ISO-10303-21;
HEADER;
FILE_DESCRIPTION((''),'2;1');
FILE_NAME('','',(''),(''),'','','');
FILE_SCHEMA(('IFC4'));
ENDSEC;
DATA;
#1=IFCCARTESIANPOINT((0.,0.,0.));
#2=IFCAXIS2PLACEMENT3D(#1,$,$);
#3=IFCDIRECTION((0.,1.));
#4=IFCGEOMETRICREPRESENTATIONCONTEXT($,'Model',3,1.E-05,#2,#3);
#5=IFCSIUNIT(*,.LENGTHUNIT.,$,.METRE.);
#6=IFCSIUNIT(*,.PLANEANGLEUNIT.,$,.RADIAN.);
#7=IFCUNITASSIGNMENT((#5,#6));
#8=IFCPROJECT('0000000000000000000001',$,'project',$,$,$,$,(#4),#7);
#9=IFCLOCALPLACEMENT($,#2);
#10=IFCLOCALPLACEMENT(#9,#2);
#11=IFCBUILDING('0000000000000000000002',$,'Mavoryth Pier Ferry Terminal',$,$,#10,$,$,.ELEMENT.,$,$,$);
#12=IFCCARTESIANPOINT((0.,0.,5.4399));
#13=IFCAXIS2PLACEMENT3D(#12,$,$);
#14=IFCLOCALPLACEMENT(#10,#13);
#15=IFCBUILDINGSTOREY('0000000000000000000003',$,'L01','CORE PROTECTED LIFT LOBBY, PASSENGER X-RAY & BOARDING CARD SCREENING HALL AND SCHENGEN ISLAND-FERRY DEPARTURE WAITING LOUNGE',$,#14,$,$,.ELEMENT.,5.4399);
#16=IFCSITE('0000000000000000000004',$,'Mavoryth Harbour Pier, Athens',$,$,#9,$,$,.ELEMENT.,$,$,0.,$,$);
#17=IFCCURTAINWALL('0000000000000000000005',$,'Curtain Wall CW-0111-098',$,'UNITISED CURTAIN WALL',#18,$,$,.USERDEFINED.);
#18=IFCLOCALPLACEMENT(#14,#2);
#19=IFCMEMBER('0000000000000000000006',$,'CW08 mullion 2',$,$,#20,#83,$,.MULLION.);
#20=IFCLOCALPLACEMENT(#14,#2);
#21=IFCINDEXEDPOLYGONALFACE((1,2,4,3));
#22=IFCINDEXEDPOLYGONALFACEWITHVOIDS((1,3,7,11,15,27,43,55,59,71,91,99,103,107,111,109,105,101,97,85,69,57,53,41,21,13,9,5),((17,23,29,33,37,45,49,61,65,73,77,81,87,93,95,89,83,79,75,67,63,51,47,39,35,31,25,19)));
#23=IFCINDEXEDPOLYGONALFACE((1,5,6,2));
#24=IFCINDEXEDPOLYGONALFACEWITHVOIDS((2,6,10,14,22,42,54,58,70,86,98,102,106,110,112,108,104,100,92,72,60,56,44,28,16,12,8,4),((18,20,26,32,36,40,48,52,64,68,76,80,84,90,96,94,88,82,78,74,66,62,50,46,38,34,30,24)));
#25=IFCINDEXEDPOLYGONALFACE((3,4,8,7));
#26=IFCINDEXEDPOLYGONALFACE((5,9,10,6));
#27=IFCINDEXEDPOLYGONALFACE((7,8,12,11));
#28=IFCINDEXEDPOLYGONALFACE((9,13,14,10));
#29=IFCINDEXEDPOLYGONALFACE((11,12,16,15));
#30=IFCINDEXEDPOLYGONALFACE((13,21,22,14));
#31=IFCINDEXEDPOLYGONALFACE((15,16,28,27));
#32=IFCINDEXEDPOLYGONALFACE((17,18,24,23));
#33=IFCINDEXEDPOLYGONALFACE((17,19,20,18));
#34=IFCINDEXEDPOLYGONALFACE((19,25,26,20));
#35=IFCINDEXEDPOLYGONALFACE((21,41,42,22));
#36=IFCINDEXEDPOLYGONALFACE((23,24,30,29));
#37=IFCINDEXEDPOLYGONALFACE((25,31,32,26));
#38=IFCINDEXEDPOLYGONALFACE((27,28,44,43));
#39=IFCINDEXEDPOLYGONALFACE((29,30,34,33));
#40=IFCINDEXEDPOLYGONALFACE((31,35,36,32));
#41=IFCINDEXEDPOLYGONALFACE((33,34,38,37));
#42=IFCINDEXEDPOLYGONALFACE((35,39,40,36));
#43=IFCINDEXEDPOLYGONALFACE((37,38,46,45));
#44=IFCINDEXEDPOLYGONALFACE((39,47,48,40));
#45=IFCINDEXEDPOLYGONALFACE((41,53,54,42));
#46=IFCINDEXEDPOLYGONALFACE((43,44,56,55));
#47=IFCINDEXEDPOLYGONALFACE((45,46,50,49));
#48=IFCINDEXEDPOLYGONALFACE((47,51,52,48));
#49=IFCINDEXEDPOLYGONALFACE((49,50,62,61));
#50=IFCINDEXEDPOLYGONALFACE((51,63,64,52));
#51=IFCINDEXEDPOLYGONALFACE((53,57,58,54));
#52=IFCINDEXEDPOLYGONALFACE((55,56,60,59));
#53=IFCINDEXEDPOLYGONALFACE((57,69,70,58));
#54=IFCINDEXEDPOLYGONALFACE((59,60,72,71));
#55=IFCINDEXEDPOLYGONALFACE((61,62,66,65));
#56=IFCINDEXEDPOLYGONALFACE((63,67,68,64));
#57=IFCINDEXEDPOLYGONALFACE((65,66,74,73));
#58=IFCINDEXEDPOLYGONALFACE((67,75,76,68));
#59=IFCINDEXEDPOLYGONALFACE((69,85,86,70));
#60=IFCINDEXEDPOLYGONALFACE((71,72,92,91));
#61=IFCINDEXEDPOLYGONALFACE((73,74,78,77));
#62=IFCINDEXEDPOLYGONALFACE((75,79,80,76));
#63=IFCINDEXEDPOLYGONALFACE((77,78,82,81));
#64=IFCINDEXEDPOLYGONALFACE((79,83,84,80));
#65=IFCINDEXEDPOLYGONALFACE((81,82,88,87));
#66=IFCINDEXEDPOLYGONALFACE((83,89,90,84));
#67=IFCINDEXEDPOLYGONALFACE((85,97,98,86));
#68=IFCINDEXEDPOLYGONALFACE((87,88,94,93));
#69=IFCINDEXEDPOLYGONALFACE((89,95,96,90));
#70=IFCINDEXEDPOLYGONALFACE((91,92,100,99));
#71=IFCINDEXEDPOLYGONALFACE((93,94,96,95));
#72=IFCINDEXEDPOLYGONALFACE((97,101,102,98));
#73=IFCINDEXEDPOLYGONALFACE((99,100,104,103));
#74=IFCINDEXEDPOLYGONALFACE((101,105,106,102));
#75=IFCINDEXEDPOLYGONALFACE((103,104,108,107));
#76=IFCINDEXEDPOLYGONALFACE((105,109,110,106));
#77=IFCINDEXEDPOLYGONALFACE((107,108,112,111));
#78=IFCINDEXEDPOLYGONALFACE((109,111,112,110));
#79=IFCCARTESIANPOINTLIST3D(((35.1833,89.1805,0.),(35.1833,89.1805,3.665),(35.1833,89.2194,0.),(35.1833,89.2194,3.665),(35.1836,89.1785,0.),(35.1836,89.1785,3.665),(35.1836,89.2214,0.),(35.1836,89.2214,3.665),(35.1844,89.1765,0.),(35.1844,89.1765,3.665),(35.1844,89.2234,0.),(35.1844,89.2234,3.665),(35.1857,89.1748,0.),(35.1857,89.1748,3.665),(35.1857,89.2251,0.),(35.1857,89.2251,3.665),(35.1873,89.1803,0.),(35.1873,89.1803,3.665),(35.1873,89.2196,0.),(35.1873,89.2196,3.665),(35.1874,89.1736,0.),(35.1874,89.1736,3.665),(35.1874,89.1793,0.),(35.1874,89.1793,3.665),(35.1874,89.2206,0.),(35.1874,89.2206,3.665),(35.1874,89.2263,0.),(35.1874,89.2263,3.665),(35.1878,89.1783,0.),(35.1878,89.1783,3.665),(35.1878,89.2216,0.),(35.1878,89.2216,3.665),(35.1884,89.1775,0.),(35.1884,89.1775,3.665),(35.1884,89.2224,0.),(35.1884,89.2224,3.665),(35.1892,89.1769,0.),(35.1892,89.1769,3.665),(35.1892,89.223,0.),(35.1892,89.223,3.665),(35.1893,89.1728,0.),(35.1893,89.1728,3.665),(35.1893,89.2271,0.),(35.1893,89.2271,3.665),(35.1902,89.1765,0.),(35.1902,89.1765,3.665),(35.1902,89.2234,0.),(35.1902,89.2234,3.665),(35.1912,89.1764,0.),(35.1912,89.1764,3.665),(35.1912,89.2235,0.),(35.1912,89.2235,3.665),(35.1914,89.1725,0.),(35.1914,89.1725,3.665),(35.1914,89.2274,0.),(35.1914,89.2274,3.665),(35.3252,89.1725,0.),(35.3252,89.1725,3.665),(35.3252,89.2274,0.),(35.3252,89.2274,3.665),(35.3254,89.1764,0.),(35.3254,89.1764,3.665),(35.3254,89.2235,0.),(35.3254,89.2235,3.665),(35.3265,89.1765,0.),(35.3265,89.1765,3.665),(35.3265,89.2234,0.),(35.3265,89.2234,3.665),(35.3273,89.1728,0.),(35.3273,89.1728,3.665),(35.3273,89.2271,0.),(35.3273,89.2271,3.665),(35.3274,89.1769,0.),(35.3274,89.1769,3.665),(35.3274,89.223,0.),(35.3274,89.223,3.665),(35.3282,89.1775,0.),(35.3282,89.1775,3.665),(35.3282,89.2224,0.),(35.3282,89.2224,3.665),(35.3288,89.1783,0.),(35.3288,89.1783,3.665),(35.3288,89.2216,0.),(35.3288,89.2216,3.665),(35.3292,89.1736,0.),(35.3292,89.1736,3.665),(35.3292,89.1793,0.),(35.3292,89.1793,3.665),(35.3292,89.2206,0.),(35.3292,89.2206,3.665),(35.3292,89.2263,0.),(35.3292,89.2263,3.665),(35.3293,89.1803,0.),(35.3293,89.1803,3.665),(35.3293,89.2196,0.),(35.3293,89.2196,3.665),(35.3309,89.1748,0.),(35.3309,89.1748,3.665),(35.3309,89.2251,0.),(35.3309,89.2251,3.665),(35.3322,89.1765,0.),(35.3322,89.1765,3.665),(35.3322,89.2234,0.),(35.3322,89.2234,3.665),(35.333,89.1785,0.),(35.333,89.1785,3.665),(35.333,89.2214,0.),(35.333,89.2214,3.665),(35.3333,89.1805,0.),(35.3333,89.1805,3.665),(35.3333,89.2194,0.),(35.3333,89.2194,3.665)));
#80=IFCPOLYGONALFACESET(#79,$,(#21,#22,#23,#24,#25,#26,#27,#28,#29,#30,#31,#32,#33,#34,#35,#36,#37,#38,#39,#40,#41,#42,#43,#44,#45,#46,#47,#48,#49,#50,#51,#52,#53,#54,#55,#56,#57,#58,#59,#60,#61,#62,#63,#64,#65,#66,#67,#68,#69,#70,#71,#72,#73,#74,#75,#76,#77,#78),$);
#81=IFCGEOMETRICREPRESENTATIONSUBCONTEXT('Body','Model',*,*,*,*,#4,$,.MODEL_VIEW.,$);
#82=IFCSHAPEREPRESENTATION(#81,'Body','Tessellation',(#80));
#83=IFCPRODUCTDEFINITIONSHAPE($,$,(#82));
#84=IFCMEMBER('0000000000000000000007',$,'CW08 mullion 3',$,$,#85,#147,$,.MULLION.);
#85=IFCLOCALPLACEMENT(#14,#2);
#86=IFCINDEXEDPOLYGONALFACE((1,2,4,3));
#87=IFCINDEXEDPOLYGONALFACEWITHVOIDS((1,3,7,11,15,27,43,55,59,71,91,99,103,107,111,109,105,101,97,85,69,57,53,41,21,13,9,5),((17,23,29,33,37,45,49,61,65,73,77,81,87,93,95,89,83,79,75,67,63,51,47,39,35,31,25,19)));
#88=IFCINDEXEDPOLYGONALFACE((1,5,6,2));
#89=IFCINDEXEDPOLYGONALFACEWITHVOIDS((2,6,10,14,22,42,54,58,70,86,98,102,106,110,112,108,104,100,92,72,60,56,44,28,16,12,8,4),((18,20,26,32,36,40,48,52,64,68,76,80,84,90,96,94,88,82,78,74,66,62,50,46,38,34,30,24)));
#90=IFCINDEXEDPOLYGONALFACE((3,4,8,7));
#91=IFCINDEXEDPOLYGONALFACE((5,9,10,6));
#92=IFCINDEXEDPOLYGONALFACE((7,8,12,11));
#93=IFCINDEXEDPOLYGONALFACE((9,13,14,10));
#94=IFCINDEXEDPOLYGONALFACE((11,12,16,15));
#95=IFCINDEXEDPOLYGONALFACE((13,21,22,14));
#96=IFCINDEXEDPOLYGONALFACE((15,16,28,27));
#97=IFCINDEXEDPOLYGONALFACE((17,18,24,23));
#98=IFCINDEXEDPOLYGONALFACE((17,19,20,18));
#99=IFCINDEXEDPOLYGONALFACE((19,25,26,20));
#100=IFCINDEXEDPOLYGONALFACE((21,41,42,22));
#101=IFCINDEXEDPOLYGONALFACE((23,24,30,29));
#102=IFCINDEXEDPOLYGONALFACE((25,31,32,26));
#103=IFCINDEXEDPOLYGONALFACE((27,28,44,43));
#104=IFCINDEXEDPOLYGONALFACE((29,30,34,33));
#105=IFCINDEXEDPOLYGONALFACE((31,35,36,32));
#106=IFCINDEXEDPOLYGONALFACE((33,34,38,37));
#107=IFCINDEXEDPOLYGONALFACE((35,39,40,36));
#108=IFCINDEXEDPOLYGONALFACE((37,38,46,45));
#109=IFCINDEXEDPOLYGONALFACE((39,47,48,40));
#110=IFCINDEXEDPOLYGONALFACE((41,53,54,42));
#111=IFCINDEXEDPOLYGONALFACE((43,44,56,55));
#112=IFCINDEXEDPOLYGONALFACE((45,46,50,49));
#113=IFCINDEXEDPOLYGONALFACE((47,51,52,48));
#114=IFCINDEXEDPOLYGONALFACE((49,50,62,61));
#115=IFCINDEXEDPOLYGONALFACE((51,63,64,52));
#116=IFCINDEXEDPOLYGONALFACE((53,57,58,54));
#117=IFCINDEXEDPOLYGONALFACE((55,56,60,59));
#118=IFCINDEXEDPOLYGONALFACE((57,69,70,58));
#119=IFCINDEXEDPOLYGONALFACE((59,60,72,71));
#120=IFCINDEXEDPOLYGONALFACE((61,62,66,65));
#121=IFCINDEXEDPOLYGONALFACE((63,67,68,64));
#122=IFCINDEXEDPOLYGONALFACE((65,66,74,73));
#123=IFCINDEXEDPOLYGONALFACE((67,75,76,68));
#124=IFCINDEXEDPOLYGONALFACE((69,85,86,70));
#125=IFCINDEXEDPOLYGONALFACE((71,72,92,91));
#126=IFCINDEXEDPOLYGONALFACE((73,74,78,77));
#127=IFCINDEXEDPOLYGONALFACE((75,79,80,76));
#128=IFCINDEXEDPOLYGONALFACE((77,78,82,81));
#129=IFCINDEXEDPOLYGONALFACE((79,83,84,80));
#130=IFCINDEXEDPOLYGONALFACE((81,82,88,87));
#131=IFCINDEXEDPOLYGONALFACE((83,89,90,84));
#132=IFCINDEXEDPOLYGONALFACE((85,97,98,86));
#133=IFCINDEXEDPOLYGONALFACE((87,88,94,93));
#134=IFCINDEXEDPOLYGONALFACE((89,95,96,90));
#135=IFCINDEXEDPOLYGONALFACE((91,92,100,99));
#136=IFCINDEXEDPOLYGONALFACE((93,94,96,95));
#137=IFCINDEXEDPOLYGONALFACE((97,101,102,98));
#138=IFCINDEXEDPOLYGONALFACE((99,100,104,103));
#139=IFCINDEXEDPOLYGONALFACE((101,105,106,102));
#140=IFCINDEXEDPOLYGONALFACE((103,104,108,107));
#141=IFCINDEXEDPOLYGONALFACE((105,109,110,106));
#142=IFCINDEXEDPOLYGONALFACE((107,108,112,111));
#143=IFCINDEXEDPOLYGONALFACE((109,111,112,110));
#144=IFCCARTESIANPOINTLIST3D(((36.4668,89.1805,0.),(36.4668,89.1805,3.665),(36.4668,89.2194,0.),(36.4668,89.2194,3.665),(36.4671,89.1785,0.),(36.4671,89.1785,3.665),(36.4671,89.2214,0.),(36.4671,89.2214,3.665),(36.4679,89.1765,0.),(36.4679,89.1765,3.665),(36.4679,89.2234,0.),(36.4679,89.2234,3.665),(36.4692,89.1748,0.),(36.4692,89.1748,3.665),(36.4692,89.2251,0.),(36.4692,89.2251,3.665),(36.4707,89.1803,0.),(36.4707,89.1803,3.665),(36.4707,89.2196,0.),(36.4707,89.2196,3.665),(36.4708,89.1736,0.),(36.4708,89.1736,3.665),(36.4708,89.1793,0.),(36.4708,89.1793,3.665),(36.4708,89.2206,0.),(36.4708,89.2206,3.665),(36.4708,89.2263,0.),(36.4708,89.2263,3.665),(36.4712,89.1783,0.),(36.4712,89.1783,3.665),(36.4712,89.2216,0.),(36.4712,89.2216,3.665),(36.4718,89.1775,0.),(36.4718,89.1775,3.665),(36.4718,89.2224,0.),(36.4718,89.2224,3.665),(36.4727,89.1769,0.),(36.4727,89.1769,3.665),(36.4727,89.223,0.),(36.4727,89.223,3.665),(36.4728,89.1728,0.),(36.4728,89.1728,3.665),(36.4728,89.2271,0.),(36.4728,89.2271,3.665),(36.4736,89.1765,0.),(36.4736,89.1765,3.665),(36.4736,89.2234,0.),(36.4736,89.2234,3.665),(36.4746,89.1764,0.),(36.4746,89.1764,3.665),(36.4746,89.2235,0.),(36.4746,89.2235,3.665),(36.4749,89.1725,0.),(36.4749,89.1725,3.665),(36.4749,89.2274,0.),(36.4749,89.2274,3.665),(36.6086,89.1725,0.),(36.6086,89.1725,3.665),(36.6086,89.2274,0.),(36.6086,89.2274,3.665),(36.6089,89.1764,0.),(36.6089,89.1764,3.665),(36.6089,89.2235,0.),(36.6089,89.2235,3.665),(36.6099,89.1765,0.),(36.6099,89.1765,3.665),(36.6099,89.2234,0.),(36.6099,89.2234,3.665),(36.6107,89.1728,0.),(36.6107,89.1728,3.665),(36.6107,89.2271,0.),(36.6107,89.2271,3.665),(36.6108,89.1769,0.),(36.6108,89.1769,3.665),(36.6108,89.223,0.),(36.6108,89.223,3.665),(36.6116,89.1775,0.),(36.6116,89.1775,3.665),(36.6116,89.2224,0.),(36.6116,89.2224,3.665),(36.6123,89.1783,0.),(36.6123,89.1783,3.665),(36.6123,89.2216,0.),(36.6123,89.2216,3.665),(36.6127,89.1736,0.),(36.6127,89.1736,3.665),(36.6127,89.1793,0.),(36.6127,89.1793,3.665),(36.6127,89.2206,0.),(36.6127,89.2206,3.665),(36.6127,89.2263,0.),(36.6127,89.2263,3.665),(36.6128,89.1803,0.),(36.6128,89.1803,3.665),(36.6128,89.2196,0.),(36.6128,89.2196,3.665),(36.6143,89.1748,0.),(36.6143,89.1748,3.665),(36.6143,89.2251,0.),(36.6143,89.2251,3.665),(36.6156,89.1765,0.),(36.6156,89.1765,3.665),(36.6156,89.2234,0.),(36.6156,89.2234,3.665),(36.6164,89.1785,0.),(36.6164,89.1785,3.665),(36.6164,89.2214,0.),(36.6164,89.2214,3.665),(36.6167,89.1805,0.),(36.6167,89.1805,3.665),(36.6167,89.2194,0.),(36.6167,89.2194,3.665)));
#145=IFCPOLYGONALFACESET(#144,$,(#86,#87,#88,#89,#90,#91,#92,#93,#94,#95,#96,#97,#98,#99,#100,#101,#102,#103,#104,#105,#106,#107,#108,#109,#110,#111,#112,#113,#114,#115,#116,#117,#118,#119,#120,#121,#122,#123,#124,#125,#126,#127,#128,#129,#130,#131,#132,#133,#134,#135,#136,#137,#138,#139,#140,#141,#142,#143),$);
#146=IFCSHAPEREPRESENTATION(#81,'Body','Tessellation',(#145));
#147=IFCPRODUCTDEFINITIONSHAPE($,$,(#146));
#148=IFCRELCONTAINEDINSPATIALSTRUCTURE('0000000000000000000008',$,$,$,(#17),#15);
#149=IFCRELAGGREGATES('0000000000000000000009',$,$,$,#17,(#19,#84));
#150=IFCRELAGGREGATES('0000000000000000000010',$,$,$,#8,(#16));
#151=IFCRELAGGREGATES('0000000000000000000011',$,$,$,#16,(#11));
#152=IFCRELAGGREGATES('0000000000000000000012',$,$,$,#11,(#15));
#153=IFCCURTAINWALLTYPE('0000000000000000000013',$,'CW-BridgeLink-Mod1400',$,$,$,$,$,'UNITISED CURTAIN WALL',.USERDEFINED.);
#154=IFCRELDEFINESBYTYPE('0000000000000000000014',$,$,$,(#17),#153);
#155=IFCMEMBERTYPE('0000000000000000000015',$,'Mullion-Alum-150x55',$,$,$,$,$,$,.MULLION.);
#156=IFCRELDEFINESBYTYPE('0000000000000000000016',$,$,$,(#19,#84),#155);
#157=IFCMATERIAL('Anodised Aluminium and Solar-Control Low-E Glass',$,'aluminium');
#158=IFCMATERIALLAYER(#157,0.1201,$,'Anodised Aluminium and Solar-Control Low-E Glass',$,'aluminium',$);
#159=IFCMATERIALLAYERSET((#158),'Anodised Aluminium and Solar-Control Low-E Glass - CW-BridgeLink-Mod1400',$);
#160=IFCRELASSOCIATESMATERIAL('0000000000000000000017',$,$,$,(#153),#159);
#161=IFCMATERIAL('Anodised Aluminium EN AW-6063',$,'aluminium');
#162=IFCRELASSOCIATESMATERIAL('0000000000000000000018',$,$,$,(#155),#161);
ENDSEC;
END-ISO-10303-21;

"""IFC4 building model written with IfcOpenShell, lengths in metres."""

from ifc_helpers import new_model, si_unit, direction, frame, origin, origin_2d, place, context, subcontext, project, spatial, hollow_rectangle, extrude, material, layer, layer_set, material_profile, profile_set, type_object, element, aggregate, save


model = new_model("IFC4")

# Units and contexts
model_context = context("Model", 3, precision=1e-05, world=origin(), true_north=direction((0.0, 1.0)))
body_context = subcontext(model_context, "Body", "Model", "MODEL_VIEW")
ifc_project = project(units=[si_unit("LENGTHUNIT", "METRE"), si_unit("PLANEANGLEUNIT", "RADIAN")], contexts=[model_context])

# Site, building, storey
site_placement = place(None, origin())
site = spatial("IfcSite", under=ifc_project, at=site_placement, Name="Mavoryth Harbour Pier, Athens", CompositionType="ELEMENT", RefElevation=0.0)
building_placement = place(site_placement, origin())
building = spatial("IfcBuilding", under=site, at=building_placement, Name="Mavoryth Pier Ferry Terminal", CompositionType="ELEMENT")
storey_placement = place(building_placement, frame((0.0, 0.0, 5.4399)))
storey = spatial("IfcBuildingStorey", under=building, at=storey_placement, Name="L01", Description="CORE PROTECTED LIFT LOBBY, PASSENGER X-RAY & BOARDING CARD SCREENING HALL AND SCHENGEN ISLAND-FERRY DEPARTURE WAITING LOUNGE", CompositionType="ELEMENT", Elevation=5.4399)

# Curtain wall, members
ifc_material_1 = material(Name="Anodised Aluminium and Solar-Control Low-E Glass", Category="aluminium")
ifc_layer_1 = layer(ifc_material_1, 0.1201, Name="Anodised Aluminium and Solar-Control Low-E Glass", Category="aluminium")
ifc_layer_set_1 = layer_set([ifc_layer_1], Name="Anodised Aluminium and Solar-Control Low-E Glass - CW-BridgeLink-Mod1400")
curtain_wall_type = type_object("IfcCurtainWallType", Name="CW-BridgeLink-Mod1400", ElementType="UNITISED CURTAIN WALL", PredefinedType="USERDEFINED", material=ifc_layer_set_1)
curtain_wall_placement = place(storey_placement, origin())
curtain_wall = element("IfcCurtainWall", 1, at=curtain_wall_placement, inside=storey, type_object=curtain_wall_type, Name="Curtain Wall CW-0111-098", ObjectType="UNITISED CURTAIN WALL", PredefinedType="USERDEFINED")
ifc_material_2 = material(Name="Anodised Aluminium EN AW-6063", Category="aluminium")
ifc_material_profile_1 = material_profile(ifc_material_2, hollow_rectangle(XDim=0.0549, YDim=0.1499, WallThickness=0.0039, InnerFilletRadius=0.0039, OuterFilletRadius=0.0081, at=origin_2d()), Name="AL-MULL 150x55x4", Category="aluminium")
ifc_profile_set_1 = profile_set([ifc_material_profile_1], Name="Anodised Aluminium EN AW-6063 - AL-MULL 150x55x4")
member_type_1 = type_object("IfcMemberType", Name="Mullion-Alum-150x55", PredefinedType="MULLION", material=ifc_profile_set_1)
member_1_placement = place(storey_placement, frame((35.2583, 89.2, 0.0), z_axis=(0.0, 0.0, 1.0), x_axis=(0.0, 1.0, 0.0)))
member_1 = element("IfcMember", 2, at=member_1_placement, type_object=member_type_1, Name="CW08 mullion 2", PredefinedType="MULLION", context=body_context, shape_type="SweptSolid", body=[
    extrude(hollow_rectangle(XDim=0.0549, YDim=0.1499, WallThickness=0.0039, InnerFilletRadius=0.0039, OuterFilletRadius=0.0081, at=origin_2d()), origin(), (0.0, 0.0, 1.0), 3.665),
])
member_2_placement = place(storey_placement, frame((36.5417, 89.2, 0.0), z_axis=(0.0, 0.0, 1.0), x_axis=(0.0, 1.0, 0.0)))
member_2 = element("IfcMember", 3, at=member_2_placement, type_object=member_type_1, Name="CW08 mullion 3", PredefinedType="MULLION", context=body_context, shape_type="SweptSolid", body=[
    extrude(hollow_rectangle(XDim=0.0549, YDim=0.1499, WallThickness=0.0039, InnerFilletRadius=0.0039, OuterFilletRadius=0.0081, at=origin_2d()), origin(), (0.0, 0.0, 1.0), 3.665),
])
aggregate(curtain_wall, [member_1, member_2])

save(model, "model.ifc")
